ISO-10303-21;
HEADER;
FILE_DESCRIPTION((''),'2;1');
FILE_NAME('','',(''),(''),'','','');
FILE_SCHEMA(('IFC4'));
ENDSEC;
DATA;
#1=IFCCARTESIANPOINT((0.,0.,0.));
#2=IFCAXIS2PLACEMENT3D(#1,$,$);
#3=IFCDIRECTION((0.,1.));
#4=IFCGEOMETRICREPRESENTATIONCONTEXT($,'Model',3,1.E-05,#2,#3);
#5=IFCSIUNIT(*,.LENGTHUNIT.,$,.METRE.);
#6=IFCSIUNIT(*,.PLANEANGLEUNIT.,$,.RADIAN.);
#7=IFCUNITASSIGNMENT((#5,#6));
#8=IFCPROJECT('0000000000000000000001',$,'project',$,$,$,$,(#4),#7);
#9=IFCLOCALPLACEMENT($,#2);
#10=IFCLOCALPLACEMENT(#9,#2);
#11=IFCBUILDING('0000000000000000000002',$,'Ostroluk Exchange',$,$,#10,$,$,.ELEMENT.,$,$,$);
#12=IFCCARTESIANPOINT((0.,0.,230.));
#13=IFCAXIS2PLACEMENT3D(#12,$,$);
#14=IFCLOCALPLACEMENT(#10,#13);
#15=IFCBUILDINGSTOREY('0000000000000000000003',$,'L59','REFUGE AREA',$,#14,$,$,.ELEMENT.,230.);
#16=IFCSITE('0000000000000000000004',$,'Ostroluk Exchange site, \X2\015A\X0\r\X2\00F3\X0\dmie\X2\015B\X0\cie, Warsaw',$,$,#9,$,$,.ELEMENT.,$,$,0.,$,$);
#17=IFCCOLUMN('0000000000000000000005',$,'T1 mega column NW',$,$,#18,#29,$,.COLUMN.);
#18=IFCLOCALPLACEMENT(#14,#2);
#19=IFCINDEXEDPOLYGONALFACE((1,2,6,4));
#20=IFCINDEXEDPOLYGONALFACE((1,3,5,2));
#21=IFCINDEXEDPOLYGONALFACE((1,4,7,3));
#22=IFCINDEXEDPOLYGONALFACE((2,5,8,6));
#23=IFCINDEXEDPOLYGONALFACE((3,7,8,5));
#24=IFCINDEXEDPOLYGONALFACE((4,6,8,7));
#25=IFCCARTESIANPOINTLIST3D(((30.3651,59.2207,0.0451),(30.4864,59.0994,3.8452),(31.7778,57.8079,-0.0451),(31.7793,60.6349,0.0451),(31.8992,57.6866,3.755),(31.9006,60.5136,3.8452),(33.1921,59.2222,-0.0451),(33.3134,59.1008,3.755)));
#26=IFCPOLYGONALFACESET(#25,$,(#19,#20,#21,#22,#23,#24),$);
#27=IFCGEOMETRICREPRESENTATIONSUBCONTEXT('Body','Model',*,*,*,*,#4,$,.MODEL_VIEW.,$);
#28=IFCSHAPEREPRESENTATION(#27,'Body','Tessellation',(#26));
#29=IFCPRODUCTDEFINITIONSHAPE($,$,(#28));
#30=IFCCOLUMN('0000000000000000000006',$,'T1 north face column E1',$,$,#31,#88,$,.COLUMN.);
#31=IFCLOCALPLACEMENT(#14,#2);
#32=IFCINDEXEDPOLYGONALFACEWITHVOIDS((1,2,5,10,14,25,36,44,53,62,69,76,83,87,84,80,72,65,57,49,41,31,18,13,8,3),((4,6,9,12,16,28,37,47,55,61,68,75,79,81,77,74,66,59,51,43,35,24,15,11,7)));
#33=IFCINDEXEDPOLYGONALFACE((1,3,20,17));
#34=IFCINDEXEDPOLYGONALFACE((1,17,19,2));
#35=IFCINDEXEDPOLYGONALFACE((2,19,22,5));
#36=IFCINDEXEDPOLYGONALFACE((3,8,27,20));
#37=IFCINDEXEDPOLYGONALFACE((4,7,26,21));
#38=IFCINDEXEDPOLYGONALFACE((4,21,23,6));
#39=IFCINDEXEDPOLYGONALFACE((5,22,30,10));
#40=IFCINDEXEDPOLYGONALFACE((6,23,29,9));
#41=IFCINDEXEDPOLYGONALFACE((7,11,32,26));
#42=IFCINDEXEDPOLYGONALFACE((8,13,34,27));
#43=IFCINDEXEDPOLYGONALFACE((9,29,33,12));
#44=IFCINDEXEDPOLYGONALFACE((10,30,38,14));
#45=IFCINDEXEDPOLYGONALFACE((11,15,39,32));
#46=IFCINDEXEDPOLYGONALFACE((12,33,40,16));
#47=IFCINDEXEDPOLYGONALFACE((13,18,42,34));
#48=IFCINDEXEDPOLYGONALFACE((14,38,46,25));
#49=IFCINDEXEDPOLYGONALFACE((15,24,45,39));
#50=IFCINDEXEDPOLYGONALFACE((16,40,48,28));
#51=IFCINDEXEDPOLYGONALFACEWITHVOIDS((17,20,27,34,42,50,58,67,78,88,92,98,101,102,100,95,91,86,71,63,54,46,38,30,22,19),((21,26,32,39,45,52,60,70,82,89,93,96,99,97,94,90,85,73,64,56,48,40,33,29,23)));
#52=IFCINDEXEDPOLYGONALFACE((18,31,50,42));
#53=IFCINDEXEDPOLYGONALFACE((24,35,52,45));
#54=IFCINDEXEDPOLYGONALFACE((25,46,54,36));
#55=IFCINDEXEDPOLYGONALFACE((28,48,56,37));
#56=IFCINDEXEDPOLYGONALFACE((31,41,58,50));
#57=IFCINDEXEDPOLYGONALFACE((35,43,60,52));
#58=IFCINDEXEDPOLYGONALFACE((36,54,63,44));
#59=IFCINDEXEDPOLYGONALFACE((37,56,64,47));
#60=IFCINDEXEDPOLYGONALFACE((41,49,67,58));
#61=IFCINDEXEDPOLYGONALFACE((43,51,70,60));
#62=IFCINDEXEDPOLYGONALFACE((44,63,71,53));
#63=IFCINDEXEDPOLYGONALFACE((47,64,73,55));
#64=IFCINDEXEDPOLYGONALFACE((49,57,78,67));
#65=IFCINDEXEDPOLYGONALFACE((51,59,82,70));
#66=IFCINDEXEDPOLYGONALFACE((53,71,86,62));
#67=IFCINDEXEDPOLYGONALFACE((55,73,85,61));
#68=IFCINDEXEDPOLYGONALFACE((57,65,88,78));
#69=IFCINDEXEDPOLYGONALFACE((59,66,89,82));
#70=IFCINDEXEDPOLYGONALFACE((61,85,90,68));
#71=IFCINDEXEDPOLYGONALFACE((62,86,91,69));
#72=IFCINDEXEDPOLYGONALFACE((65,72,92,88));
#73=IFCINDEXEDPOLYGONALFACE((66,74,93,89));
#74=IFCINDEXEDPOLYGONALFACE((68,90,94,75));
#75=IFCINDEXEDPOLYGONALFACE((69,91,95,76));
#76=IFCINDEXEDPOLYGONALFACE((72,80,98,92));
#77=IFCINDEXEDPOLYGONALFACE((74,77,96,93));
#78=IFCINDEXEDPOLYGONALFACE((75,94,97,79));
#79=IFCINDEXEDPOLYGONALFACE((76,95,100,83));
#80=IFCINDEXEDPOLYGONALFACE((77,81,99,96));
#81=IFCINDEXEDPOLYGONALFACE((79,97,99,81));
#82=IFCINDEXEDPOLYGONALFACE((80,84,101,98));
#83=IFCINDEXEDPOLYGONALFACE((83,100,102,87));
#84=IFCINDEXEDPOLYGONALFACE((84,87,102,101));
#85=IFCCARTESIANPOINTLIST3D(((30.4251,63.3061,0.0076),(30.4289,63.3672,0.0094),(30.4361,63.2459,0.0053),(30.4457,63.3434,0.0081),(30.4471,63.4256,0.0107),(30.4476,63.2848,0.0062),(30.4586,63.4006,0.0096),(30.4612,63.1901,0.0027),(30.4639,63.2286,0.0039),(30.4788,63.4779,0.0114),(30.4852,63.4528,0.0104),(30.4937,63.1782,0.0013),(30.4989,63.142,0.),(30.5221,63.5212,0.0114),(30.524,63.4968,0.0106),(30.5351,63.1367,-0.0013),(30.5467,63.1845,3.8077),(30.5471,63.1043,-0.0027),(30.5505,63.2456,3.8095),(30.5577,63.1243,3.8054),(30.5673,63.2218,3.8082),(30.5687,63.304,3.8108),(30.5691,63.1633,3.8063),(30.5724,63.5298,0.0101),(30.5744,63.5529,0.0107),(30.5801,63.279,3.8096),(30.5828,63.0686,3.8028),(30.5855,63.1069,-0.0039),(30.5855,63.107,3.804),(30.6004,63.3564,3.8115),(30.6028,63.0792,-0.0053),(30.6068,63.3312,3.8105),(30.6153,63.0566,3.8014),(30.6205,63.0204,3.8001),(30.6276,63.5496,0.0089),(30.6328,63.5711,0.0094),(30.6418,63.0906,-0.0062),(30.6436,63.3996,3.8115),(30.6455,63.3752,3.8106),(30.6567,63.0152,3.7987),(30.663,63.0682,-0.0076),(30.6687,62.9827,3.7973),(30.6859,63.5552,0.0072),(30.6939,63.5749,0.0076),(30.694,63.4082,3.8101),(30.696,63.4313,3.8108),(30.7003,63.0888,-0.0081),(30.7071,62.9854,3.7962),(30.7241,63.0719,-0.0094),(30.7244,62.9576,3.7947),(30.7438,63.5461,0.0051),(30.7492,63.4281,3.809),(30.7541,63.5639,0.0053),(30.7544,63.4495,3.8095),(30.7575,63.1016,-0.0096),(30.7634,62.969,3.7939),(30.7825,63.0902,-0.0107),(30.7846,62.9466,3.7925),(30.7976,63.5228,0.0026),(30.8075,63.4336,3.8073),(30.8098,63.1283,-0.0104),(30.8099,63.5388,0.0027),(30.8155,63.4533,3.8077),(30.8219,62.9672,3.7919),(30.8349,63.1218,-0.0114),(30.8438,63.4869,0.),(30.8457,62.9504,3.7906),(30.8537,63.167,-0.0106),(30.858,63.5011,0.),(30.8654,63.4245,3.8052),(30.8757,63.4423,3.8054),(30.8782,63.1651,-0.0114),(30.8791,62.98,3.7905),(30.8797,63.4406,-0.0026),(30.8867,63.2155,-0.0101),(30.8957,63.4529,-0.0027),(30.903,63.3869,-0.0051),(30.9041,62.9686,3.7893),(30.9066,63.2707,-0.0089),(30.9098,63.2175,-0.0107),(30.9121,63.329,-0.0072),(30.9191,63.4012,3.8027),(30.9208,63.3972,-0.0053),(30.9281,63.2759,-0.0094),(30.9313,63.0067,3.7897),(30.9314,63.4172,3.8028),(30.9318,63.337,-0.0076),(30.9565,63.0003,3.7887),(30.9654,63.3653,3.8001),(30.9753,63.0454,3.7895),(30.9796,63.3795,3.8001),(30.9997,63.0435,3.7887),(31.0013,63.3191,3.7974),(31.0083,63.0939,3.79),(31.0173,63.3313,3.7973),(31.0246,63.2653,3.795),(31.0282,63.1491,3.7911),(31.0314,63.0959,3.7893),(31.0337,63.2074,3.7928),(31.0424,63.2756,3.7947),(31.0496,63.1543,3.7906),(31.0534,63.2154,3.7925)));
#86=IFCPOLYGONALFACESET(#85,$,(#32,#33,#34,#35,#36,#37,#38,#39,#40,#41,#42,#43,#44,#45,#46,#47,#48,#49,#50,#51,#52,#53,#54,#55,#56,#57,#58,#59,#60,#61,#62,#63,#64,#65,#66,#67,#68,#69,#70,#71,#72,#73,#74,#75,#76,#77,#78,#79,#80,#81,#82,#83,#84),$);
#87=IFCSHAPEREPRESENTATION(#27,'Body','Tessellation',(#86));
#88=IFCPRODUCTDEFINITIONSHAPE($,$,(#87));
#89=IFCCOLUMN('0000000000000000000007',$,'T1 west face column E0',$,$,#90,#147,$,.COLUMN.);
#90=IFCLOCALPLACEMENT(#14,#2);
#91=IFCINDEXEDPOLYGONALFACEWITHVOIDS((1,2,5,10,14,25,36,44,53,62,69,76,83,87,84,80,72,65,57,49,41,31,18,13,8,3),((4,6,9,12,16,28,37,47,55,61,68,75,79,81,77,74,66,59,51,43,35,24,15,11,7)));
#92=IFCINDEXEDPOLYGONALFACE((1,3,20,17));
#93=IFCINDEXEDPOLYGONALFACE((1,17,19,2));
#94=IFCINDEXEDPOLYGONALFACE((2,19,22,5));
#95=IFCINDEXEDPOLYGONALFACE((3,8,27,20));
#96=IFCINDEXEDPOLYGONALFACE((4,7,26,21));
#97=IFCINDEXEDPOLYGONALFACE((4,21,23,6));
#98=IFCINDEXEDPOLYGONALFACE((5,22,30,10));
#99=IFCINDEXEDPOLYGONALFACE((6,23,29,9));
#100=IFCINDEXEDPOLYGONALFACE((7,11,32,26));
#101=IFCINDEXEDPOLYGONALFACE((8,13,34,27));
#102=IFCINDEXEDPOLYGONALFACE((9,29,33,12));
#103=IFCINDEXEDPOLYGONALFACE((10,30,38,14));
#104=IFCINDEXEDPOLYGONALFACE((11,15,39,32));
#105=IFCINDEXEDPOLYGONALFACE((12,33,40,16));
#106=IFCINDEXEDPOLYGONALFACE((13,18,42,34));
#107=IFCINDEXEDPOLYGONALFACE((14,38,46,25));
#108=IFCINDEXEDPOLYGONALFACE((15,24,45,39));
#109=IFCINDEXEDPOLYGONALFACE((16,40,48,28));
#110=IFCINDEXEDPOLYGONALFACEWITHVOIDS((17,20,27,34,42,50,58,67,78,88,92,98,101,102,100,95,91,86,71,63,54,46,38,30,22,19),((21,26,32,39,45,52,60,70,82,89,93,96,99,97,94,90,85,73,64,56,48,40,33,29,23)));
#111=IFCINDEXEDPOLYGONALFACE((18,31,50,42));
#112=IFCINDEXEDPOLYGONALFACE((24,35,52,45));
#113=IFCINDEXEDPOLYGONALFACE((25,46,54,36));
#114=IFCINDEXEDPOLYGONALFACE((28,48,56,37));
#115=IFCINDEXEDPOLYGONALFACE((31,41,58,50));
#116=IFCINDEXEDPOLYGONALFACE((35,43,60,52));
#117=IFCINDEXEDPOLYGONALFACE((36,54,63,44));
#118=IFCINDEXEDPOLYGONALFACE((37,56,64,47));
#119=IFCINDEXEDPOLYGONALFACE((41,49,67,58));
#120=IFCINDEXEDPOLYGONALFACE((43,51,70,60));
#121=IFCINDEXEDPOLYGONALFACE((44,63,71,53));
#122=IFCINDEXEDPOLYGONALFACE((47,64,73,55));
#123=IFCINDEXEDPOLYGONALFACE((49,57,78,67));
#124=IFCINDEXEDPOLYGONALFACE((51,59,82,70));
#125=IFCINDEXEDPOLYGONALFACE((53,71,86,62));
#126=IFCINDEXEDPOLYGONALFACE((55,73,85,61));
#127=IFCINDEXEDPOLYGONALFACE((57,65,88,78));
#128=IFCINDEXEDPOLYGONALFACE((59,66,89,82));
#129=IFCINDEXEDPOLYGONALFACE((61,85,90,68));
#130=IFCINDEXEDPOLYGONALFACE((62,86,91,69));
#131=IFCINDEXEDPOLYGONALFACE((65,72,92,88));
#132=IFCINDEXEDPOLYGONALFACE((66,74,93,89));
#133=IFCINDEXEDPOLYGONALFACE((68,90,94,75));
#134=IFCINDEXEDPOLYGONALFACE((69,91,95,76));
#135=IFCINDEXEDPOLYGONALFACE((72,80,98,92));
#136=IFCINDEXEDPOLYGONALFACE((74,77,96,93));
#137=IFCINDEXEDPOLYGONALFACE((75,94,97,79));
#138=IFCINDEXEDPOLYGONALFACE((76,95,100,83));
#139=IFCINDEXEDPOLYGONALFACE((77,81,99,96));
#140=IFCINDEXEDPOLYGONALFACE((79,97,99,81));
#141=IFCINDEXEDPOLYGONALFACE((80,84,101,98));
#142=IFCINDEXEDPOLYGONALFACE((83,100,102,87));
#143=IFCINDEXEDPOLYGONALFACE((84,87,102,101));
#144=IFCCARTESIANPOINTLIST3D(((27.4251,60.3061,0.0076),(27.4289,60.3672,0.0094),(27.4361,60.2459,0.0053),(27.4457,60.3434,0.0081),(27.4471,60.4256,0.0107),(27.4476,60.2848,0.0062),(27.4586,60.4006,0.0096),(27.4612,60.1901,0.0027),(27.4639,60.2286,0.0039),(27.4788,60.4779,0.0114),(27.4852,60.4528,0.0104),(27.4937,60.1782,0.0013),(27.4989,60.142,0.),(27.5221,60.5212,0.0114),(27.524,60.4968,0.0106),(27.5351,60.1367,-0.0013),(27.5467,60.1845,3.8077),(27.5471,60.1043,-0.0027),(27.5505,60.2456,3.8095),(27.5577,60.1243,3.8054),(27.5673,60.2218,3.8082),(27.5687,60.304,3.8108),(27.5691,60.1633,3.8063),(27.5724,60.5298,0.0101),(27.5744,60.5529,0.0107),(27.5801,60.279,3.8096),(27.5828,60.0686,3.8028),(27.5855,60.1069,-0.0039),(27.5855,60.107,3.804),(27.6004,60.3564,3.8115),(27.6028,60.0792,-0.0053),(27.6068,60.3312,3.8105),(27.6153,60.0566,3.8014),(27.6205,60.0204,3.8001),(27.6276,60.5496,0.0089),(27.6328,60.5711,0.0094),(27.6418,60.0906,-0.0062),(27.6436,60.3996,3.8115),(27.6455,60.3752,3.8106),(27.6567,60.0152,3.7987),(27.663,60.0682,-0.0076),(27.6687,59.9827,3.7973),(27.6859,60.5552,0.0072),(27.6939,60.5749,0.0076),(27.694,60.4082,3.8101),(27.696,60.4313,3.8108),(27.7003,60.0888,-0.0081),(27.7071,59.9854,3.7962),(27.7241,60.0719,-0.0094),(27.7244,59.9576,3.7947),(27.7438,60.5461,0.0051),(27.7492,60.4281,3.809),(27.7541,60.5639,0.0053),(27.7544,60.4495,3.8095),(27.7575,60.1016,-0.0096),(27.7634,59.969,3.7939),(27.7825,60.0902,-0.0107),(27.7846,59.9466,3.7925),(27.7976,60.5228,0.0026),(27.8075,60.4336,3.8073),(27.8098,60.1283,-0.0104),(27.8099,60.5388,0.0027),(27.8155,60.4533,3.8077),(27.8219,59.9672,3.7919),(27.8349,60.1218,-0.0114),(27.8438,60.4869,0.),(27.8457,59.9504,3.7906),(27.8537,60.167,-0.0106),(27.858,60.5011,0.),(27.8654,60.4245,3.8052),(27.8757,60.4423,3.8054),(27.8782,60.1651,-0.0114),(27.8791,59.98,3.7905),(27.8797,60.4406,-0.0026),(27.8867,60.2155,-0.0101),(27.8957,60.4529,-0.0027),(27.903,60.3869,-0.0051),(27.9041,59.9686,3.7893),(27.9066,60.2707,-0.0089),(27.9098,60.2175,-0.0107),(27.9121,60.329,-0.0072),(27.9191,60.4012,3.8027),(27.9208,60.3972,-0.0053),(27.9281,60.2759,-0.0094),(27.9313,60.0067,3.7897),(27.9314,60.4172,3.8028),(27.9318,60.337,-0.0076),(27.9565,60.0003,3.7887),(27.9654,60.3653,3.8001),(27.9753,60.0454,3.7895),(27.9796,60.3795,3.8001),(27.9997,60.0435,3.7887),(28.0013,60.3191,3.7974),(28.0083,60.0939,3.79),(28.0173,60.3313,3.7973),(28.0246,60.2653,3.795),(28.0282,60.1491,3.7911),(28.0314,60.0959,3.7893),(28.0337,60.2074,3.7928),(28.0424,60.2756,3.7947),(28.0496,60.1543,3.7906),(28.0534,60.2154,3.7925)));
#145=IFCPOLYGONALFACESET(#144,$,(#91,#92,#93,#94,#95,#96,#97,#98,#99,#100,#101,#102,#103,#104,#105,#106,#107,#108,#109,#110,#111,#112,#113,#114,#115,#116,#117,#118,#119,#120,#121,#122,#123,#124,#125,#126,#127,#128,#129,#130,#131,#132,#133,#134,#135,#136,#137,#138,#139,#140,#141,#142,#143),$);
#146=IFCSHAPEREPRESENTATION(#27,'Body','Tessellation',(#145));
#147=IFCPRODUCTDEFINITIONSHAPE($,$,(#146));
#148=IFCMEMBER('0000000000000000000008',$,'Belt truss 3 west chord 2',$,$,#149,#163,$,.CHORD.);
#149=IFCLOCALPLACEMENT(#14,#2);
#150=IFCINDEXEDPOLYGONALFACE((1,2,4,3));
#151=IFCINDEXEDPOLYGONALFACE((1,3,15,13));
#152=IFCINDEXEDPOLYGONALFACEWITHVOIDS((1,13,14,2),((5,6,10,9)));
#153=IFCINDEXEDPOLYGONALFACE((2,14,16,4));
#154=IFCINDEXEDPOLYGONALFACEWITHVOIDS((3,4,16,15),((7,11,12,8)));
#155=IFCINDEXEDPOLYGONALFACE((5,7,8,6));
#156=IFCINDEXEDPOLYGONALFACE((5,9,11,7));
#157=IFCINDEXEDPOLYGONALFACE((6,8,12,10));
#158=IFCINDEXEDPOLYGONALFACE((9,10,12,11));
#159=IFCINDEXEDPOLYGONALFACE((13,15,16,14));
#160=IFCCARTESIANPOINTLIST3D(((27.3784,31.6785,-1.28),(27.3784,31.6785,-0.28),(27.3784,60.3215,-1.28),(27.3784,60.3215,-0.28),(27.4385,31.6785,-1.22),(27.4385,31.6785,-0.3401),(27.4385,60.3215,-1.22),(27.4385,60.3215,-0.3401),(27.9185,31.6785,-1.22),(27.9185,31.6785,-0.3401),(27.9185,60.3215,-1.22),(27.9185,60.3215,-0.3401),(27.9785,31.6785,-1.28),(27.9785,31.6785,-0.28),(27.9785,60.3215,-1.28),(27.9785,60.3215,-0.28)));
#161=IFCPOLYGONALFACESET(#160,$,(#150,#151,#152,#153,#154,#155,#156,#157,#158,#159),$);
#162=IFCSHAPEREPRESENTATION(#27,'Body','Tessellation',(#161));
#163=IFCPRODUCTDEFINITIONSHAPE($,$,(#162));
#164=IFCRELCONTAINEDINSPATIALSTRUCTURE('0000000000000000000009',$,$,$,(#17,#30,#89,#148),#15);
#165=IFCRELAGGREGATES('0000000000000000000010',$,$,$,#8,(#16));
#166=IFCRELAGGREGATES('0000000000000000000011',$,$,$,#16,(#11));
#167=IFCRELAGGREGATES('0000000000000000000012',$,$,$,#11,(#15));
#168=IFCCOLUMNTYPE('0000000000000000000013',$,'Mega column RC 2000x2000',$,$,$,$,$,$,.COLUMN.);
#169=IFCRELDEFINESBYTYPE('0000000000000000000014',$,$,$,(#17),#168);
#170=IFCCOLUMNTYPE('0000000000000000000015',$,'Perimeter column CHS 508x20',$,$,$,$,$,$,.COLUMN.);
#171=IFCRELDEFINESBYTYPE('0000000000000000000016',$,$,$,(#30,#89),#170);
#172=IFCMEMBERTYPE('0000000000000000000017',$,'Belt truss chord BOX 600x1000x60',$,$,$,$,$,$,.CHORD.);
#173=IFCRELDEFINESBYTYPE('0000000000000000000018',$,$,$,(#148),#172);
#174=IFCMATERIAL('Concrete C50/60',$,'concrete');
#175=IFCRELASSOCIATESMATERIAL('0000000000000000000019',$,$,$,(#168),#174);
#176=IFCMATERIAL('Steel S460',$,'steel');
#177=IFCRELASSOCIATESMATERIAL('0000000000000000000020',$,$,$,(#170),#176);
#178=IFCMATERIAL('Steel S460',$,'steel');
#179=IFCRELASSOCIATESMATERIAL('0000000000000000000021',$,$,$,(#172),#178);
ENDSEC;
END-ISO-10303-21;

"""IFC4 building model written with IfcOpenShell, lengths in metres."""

from ifc_helpers import new_model, si_unit, direction, frame, origin, origin_2d, place, context, subcontext, project, spatial, rectangle, hollow_rectangle, hollow_circle, extrude, material, material_profile, profile_set, type_object, element, save


model = new_model("IFC4")

# Units and contexts
model_context = context("Model", 3, precision=1e-05, world=origin(), true_north=direction((0.0, 1.0)))
body_context = subcontext(model_context, "Body", "Model", "MODEL_VIEW")
ifc_project = project(units=[si_unit("LENGTHUNIT", "METRE"), si_unit("PLANEANGLEUNIT", "RADIAN")], contexts=[model_context])

# Site, building, storey
site_placement = place(None, origin())
site = spatial("IfcSite", under=ifc_project, at=site_placement, Name="Ostroluk Exchange site, Śródmieście, Warsaw", CompositionType="ELEMENT", RefElevation=0.0)
building_placement = place(site_placement, origin())
building = spatial("IfcBuilding", under=site, at=building_placement, Name="Ostroluk Exchange", CompositionType="ELEMENT")
storey_placement = place(building_placement, frame((0.0, 0.0, 230.0)))
storey = spatial("IfcBuildingStorey", under=building, at=storey_placement, Name="L59", Description="REFUGE AREA", CompositionType="ELEMENT", Elevation=230.0)

# Columns
ifc_material_1 = material(Name="Concrete C50/60", Category="concrete")
ifc_material_profile_1 = material_profile(ifc_material_1, rectangle(XDim=2.0, YDim=2.0, at=origin_2d()), Name="RC 2000x2000")
ifc_profile_set_1 = profile_set([ifc_material_profile_1], Name="Concrete C50/60")
column_type_1 = type_object("IfcColumnType", Name="Mega column RC 2000x2000", PredefinedType="COLUMN", material=ifc_profile_set_1)
column_placement = place(storey_placement, frame((31.7786, 59.2214, 0.0), z_axis=(0.031898, -0.031898, 0.998982), x_axis=(0.707107, 0.707107, 0.0)))
element("IfcColumn", 1, at=column_placement, inside=storey, type_object=column_type_1, Name="T1 mega column NW", PredefinedType="COLUMN", context=body_context, shape_type="SweptSolid", body=[
    extrude(rectangle(XDim=2.0, YDim=2.0, at=origin_2d()), origin(), (0.0, 0.0, 1.0), 3.804),
])
ifc_material_2 = material(Name="Steel S460", Category="steel")
ifc_material_profile_2 = material_profile(ifc_material_2, hollow_circle(Radius=0.2539, WallThickness=0.02, at=origin_2d()), Name="CHS 508x20")
ifc_profile_set_2 = profile_set([ifc_material_profile_2], Name="Steel S460")
column_type_2 = type_object("IfcColumnType", Name="Perimeter column CHS 508x20", PredefinedType="COLUMN", material=ifc_profile_set_2)
for number, where, z_axis, x_axis, name in (
    (2, (30.6785, 63.3215, 0.0), (0.031962, -0.031962, 0.998978), (0.707107, 0.707107, 0.0), "T1 north face column E1"),
    (3, (27.6785, 60.3215, 0.0), (0.031962, -0.031962, 0.998978), (0.707107, 0.707107, 0.0), "T1 west face column E0"),
):
    element("IfcColumn", number, at=place(storey_placement, frame(where, z_axis=z_axis, x_axis=x_axis)), inside=storey, type_object=column_type_2, Name=name, PredefinedType="COLUMN", context=body_context, shape_type="SweptSolid", body=[
        extrude(hollow_circle(Radius=0.2539, WallThickness=0.02, at=origin_2d()), origin(), (0.0, 0.0, 1.0), 3.804),
    ])

# Member
ifc_material_3 = material(Name="Steel S460", Category="steel")
ifc_material_profile_3 = material_profile(ifc_material_3, hollow_rectangle(XDim=0.6001, YDim=1.0, WallThickness=0.0601, at=origin_2d()), Name="BOX 600x1000x60")
ifc_profile_set_3 = profile_set([ifc_material_profile_3], Name="Steel S460")
member_type_1 = type_object("IfcMemberType", Name="Belt truss chord BOX 600x1000x60", PredefinedType="CHORD", material=ifc_profile_set_3)
member_1_placement = place(storey_placement, frame((27.6785, 60.3215, -0.78), z_axis=(0.0, -1.0, 0.0), x_axis=(1.0, 0.0, 0.0)))
element("IfcMember", 4, at=member_1_placement, inside=storey, type_object=member_type_1, Name="Belt truss 3 west chord 2", PredefinedType="CHORD", context=body_context, shape_type="SweptSolid", body=[
    extrude(hollow_rectangle(XDim=0.6001, YDim=1.0, WallThickness=0.0601, at=origin_2d()), origin(), (0.0, 0.0, 1.0), 28.6431),
])

save(model, "model.ifc")
